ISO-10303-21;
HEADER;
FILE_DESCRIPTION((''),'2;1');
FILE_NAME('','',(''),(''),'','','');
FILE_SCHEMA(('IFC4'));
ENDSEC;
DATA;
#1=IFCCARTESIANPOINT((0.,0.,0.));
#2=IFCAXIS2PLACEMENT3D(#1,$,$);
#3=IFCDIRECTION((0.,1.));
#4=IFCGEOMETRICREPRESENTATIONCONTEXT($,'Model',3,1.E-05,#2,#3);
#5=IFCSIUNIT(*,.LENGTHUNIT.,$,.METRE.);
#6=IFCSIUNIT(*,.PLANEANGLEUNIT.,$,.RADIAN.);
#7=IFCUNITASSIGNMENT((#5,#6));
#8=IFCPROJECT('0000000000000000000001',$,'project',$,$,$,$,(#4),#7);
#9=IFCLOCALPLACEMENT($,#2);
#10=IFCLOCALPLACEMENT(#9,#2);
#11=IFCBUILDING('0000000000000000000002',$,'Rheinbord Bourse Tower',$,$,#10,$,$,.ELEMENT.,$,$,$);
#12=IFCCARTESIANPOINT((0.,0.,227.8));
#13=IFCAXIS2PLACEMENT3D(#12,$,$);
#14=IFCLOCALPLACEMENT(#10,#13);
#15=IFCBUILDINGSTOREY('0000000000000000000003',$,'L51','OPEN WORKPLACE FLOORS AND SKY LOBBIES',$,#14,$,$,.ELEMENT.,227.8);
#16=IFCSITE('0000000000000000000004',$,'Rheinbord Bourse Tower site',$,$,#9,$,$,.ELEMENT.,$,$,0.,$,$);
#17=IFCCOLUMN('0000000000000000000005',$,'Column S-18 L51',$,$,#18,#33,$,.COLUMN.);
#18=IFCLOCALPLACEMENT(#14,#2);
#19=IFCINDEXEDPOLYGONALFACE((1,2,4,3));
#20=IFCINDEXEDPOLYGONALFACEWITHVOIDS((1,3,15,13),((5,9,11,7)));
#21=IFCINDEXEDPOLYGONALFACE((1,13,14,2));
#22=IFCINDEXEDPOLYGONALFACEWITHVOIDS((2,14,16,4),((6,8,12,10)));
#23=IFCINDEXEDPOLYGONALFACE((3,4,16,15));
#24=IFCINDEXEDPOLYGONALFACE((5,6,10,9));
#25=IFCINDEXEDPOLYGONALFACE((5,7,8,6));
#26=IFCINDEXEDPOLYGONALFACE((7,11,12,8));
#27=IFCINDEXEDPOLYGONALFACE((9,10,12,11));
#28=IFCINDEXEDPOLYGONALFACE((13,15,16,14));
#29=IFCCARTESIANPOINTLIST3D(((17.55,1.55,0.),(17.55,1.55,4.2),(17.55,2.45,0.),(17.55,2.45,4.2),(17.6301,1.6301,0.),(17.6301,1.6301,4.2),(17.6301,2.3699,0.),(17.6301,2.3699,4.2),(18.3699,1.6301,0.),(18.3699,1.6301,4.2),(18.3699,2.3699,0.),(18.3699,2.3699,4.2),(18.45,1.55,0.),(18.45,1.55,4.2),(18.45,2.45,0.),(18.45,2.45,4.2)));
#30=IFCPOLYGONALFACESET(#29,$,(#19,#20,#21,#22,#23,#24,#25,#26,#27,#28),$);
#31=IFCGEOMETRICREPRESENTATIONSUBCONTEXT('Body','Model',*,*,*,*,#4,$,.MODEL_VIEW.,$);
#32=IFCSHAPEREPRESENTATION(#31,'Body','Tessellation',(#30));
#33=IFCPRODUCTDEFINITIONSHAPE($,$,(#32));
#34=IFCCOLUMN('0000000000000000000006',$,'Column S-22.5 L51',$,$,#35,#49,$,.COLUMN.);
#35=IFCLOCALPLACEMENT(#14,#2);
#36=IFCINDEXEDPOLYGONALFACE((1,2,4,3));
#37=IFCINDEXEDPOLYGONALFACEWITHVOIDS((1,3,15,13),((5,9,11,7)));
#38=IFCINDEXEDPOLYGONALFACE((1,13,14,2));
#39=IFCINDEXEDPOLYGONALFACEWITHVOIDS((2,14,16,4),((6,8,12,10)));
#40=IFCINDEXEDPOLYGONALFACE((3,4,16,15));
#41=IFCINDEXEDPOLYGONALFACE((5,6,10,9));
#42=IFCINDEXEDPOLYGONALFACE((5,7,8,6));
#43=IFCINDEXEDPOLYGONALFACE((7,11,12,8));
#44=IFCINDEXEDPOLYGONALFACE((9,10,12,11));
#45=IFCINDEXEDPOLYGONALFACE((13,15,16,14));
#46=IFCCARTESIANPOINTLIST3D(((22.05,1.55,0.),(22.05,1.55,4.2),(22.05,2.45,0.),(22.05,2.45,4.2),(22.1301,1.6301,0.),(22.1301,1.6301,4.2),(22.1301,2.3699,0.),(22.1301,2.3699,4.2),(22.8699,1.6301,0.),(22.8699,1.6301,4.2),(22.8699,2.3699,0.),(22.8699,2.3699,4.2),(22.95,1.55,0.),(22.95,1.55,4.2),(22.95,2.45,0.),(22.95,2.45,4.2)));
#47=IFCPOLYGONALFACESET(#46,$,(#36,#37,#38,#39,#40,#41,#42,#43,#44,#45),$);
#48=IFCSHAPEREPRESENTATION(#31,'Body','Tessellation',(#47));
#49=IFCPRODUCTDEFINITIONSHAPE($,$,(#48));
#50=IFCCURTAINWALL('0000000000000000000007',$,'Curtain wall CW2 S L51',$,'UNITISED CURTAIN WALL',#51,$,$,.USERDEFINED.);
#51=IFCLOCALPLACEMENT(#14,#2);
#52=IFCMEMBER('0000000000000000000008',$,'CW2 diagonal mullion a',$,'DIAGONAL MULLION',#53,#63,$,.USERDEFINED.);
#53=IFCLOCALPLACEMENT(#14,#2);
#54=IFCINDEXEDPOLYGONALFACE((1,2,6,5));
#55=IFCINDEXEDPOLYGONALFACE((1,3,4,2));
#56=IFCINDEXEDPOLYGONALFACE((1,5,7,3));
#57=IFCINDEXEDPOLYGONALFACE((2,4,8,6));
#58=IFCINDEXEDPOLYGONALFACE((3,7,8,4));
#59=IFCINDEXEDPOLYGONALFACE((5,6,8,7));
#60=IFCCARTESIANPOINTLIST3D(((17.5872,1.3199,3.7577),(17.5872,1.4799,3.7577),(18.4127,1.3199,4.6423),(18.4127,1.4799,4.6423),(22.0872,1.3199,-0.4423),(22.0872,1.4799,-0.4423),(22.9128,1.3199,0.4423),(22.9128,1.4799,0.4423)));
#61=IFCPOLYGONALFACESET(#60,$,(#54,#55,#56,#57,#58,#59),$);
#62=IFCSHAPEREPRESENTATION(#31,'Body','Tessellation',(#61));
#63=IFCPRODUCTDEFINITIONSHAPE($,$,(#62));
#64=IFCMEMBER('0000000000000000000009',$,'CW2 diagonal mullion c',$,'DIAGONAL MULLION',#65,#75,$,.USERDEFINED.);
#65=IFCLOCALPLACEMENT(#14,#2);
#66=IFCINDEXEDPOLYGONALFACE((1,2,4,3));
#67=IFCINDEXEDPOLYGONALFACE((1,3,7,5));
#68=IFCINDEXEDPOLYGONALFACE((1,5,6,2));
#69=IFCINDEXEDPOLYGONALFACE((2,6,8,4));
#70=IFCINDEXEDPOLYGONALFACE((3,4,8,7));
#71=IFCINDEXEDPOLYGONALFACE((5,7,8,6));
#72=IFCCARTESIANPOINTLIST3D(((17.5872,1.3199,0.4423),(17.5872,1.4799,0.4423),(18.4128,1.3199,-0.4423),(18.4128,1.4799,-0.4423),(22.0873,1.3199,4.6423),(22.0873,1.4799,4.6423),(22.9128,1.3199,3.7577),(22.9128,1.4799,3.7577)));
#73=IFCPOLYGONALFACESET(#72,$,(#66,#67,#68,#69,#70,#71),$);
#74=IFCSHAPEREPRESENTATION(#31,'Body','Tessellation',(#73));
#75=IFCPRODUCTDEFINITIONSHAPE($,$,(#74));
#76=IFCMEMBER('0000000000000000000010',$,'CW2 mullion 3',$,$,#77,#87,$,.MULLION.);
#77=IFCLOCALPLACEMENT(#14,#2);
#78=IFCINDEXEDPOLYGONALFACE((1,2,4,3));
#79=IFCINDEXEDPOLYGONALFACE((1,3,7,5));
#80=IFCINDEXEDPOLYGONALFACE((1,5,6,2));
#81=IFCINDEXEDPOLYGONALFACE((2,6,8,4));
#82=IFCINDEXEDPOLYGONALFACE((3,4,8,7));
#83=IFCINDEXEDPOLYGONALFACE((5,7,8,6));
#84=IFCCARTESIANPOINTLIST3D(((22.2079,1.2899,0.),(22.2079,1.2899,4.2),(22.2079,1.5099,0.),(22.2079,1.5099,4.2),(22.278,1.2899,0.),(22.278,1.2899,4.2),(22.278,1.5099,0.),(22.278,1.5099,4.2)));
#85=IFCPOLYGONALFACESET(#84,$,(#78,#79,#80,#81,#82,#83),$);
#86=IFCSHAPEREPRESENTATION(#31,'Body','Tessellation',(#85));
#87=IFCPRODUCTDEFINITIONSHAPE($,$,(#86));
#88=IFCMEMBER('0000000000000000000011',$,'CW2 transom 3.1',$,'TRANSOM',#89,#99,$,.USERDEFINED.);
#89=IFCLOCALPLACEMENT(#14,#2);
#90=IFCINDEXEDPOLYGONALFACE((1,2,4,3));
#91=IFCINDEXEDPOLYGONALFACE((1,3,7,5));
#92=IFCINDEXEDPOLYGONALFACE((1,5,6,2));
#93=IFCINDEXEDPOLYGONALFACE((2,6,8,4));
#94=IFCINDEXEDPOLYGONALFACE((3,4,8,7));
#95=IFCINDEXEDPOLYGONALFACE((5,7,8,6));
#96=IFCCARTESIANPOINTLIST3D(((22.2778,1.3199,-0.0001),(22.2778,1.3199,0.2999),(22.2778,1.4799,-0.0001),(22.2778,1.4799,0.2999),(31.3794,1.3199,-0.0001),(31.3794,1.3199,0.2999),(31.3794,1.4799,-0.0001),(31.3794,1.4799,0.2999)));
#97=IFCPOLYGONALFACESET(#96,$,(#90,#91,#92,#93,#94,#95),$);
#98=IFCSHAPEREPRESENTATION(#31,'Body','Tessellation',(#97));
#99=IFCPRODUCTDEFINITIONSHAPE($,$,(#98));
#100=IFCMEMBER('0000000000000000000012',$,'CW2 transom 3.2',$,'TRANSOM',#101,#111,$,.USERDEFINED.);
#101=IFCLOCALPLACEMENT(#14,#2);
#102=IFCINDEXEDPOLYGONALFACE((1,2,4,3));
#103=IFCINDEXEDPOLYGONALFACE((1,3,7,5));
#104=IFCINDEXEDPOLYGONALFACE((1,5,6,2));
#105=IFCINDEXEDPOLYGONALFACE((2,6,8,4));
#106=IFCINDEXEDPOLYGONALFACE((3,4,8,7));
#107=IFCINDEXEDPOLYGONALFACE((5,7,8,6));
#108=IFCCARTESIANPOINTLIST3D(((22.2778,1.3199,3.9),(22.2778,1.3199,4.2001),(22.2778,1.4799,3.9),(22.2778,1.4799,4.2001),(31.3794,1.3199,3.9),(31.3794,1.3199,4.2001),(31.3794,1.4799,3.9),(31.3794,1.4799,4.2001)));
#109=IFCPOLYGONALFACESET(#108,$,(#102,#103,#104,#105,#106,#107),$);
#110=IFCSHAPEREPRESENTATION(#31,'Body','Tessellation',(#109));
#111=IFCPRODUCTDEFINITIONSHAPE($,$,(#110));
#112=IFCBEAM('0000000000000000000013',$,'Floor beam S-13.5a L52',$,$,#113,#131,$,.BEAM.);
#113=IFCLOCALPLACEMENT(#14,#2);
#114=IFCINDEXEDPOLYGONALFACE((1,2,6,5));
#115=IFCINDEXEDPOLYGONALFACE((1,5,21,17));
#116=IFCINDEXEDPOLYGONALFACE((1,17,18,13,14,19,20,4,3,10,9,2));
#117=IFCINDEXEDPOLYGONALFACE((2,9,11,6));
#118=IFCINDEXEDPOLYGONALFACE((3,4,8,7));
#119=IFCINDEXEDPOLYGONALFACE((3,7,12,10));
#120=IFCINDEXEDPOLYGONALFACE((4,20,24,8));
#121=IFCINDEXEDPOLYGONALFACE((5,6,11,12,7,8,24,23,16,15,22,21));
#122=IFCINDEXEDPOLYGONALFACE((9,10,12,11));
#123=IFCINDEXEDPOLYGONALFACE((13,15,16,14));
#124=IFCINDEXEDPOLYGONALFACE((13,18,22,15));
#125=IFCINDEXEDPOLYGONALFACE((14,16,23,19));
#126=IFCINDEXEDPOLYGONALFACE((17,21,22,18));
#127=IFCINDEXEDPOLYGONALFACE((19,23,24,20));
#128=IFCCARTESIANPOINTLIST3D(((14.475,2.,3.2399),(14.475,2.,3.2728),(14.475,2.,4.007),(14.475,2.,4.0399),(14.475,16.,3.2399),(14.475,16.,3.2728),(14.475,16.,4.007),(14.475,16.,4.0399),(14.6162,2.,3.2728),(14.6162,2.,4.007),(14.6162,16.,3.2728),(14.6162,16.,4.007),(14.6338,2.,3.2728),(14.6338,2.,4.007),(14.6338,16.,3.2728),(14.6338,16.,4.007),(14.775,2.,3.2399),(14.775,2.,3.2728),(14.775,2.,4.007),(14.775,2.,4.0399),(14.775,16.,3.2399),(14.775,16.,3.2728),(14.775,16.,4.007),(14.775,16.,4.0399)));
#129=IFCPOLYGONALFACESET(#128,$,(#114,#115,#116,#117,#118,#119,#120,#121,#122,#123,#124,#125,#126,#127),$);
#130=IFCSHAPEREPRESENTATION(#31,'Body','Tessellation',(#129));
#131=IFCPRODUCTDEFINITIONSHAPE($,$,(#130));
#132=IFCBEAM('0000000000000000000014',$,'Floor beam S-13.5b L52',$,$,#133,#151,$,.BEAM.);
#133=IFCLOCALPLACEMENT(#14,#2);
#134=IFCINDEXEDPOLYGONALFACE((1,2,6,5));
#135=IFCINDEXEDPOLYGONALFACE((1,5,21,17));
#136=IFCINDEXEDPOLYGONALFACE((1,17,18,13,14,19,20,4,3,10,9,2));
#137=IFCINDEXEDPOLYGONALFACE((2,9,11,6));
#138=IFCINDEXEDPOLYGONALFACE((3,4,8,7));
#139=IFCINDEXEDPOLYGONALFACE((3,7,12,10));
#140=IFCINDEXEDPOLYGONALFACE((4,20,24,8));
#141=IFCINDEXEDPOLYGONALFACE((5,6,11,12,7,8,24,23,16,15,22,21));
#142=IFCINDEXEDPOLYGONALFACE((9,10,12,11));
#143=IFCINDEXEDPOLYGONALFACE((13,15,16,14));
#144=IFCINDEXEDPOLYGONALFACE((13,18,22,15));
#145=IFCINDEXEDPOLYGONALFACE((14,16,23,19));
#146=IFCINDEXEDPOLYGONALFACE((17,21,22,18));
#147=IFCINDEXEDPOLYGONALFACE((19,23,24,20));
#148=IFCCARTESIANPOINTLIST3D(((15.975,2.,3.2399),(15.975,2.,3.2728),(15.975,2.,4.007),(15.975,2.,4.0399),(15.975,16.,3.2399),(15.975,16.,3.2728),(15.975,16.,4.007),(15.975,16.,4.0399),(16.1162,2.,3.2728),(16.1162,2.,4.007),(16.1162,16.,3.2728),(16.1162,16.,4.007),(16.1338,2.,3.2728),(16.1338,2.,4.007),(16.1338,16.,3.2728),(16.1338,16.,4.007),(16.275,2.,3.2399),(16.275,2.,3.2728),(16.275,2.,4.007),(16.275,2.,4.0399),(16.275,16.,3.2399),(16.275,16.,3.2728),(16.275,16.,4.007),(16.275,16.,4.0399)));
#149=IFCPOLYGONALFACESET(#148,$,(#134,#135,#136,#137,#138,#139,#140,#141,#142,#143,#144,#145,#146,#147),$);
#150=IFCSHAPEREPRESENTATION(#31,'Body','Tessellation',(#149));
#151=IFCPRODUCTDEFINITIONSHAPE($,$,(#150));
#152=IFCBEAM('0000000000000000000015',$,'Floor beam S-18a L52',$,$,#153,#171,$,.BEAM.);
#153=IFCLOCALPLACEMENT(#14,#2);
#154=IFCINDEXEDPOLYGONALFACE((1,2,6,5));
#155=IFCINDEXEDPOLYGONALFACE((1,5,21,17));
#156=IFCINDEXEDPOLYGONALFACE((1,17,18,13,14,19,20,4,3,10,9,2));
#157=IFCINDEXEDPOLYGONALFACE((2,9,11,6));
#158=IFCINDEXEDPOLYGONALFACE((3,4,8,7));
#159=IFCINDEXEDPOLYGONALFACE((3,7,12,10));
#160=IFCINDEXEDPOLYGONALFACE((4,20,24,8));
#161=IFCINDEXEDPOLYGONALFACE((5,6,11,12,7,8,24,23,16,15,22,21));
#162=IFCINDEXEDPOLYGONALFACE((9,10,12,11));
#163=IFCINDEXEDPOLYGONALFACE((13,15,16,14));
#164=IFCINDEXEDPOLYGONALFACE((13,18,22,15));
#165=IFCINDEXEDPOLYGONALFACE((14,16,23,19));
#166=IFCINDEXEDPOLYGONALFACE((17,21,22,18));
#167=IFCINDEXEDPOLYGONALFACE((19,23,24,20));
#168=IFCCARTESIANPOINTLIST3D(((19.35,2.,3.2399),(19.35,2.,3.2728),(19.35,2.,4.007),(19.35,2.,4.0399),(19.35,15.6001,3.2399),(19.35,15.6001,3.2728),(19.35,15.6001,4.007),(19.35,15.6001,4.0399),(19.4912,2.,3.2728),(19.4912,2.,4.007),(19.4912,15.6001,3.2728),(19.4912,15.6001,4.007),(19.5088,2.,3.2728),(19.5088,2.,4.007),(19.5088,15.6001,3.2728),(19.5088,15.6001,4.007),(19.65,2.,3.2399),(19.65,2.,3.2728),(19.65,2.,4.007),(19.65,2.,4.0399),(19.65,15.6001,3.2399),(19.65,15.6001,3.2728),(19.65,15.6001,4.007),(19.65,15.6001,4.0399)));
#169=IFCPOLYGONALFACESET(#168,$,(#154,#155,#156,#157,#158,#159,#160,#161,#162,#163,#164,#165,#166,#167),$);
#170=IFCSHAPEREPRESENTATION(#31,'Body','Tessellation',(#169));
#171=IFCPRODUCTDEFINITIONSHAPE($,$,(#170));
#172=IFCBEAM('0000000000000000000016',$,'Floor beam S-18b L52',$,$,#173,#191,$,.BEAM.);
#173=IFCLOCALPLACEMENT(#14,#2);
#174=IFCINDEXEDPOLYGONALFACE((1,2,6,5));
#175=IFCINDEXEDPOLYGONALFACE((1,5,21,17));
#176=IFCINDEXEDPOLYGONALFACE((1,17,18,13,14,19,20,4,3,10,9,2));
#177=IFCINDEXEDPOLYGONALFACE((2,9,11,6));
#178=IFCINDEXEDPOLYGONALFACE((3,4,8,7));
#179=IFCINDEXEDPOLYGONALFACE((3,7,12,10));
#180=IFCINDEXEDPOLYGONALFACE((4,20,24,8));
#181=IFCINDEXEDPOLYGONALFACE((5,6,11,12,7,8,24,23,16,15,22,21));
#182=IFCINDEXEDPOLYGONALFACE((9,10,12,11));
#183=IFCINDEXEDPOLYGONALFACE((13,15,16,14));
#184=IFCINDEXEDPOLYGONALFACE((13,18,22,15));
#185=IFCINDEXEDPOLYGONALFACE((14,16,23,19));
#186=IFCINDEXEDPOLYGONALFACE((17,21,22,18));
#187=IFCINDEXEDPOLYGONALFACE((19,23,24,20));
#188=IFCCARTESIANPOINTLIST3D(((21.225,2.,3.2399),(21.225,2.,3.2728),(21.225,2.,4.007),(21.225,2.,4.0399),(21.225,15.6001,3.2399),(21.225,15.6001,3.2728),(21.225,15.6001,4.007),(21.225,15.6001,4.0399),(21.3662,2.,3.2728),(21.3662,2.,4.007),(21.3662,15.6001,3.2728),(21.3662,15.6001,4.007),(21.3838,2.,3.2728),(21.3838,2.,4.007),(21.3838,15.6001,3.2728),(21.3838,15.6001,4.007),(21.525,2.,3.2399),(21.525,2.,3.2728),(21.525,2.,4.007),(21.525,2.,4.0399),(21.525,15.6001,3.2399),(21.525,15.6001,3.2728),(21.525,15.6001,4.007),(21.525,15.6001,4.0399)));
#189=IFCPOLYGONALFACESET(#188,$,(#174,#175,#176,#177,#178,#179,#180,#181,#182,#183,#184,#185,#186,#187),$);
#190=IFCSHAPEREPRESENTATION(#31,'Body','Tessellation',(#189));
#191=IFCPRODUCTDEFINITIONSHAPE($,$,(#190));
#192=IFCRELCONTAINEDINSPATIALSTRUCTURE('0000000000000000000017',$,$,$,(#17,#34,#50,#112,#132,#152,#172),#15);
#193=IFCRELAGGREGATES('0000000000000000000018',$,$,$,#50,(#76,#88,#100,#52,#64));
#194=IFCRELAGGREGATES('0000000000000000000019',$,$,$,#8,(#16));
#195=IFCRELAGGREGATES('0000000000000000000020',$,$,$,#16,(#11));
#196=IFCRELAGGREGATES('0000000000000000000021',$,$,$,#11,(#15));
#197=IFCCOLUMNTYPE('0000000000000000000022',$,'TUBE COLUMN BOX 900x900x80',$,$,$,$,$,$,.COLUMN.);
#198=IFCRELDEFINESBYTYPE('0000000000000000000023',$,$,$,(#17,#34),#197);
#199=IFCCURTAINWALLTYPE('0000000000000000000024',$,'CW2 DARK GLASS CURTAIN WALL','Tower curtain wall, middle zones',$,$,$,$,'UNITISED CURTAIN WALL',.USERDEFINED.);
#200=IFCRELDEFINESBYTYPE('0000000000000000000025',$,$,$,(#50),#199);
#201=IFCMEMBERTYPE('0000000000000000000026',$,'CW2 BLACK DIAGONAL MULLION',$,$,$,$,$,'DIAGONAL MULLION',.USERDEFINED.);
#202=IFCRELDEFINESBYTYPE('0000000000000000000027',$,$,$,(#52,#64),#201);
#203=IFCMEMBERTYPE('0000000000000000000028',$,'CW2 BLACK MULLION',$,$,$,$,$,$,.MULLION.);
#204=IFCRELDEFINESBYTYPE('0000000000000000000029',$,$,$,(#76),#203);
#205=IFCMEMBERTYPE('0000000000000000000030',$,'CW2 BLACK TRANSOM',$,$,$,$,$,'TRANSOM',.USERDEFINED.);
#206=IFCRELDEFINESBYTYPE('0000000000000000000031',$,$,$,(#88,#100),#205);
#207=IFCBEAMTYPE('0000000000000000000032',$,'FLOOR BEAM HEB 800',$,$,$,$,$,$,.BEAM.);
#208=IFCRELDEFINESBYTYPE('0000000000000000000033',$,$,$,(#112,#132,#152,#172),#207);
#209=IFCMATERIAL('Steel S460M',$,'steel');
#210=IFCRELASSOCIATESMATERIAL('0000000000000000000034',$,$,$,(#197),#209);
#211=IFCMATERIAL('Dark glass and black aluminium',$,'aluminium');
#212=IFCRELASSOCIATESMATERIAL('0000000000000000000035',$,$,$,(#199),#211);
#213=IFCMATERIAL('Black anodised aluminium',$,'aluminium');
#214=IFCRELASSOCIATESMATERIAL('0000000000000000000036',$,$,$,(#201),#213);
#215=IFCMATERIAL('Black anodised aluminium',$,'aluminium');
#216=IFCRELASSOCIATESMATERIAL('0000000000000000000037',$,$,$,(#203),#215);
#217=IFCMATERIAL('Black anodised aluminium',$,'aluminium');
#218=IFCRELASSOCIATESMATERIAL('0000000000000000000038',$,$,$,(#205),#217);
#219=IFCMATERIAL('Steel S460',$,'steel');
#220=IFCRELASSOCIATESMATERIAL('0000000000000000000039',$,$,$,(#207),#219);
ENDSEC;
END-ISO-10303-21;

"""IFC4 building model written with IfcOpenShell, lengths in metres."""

from ifc_helpers import new_model, si_unit, direction, frame, origin, origin_2d, place, context, subcontext, project, spatial, rectangle, hollow_rectangle, i_section, extrude, material, material_profile, profile_set, type_object, element, aggregate, save


model = new_model("IFC4")

# Units and contexts
model_context = context("Model", 3, precision=1e-05, world=origin(), true_north=direction((0.0, 1.0)))
body_context = subcontext(model_context, "Body", "Model", "MODEL_VIEW")
ifc_project = project(units=[si_unit("LENGTHUNIT", "METRE"), si_unit("PLANEANGLEUNIT", "RADIAN")], contexts=[model_context])

# Site, building, storey
site_placement = place(None, origin())
site = spatial("IfcSite", under=ifc_project, at=site_placement, Name="Rheinbord Bourse Tower site", CompositionType="ELEMENT", RefElevation=0.0)
building_placement = place(site_placement, origin())
building = spatial("IfcBuilding", under=site, at=building_placement, Name="Rheinbord Bourse Tower", CompositionType="ELEMENT")
storey_placement = place(building_placement, frame((0.0, 0.0, 227.8)))
storey = spatial("IfcBuildingStorey", under=building, at=storey_placement, Name="L51", Description="OPEN WORKPLACE FLOORS AND SKY LOBBIES", CompositionType="ELEMENT", Elevation=227.8)

# Columns
ifc_material_1 = material(Name="Steel S460M", Category="steel")
ifc_material_profile_1 = material_profile(ifc_material_1, hollow_rectangle(XDim=0.8999, YDim=0.8999, WallThickness=0.0801, at=origin_2d()), Name="BOX 900x900x80")
ifc_profile_set_1 = profile_set([ifc_material_profile_1], Name="Steel S460M")
column_type = type_object("IfcColumnType", Name="TUBE COLUMN BOX 900x900x80", PredefinedType="COLUMN", material=ifc_profile_set_1)
for number, where, z_axis, x_axis, name in (
    (1, (18.0, 2.0, 0.0), (0.0, 0.0, 1.0), (0.0, 1.0, 0.0), "Column S-18 L51"),
    (2, (22.5, 2.0, 0.0), (0.0, 0.0, 1.0), (0.0, 1.0, 0.0), "Column S-22.5 L51"),
):
    element("IfcColumn", number, at=place(storey_placement, frame(where, z_axis=z_axis, x_axis=x_axis)), inside=storey, type_object=column_type, Name=name, PredefinedType="COLUMN", context=body_context, shape_type="SweptSolid", body=[
        extrude(hollow_rectangle(XDim=0.8999, YDim=0.8999, WallThickness=0.0801, at=origin_2d()), origin(), (0.0, 0.0, 1.0), 4.2),
    ])

# Curtain wall, members
ifc_material_2 = material(Name="Dark glass and black aluminium", Category="aluminium")
curtain_wall_type = type_object("IfcCurtainWallType", Name="CW2 DARK GLASS CURTAIN WALL", Description="Tower curtain wall, middle zones", ElementType="UNITISED CURTAIN WALL", PredefinedType="USERDEFINED", material=ifc_material_2)
curtain_wall_placement = place(storey_placement, origin())
curtain_wall = element("IfcCurtainWall", 3, at=curtain_wall_placement, inside=storey, type_object=curtain_wall_type, Name="Curtain wall CW2 S L51", ObjectType="UNITISED CURTAIN WALL", PredefinedType="USERDEFINED")
ifc_material_3 = material(Name="Black anodised aluminium", Category="aluminium")
ifc_material_profile_2 = material_profile(ifc_material_3, rectangle(XDim=0.1599, YDim=1.21, at=origin_2d()), Name="CW2 DIAGONAL MULLION 1210x160")
ifc_profile_set_2 = profile_set([ifc_material_profile_2], Name="Black anodised aluminium")
member_type_1 = type_object("IfcMemberType", Name="CW2 BLACK DIAGONAL MULLION", ElementType="DIAGONAL MULLION", PredefinedType="USERDEFINED", material=ifc_profile_set_2)
member_1_placement = place(storey_placement, frame((22.5, 1.3999, 0.0), z_axis=(-0.731059, 0.0, 0.682314), x_axis=(0.0, -1.0, 0.0)))
member_1 = element("IfcMember", 4, at=member_1_placement, type_object=member_type_1, Name="CW2 diagonal mullion a", ObjectType="DIAGONAL MULLION", PredefinedType="USERDEFINED", context=body_context, shape_type="SweptSolid", body=[
    extrude(rectangle(XDim=0.1599, YDim=1.21, at=origin_2d()), origin(), (0.0, 0.0, 1.0), 6.1555),
])
member_2_placement = place(storey_placement, frame((18.0, 1.3999, 0.0), z_axis=(0.731059, 0.0, 0.682314), x_axis=(0.0, 1.0, 0.0)))
member_2 = element("IfcMember", 5, at=member_2_placement, type_object=member_type_1, Name="CW2 diagonal mullion c", ObjectType="DIAGONAL MULLION", PredefinedType="USERDEFINED", context=body_context, shape_type="SweptSolid", body=[
    extrude(rectangle(XDim=0.1599, YDim=1.21, at=origin_2d()), origin(), (0.0, 0.0, 1.0), 6.1555),
])
ifc_material_4 = material(Name="Black anodised aluminium", Category="aluminium")
ifc_material_profile_3 = material_profile(ifc_material_4, rectangle(XDim=0.22, YDim=0.0701, at=origin_2d()), Name="CW2 MULLION 70x220")
ifc_profile_set_3 = profile_set([ifc_material_profile_3], Name="Black anodised aluminium")
member_type_2 = type_object("IfcMemberType", Name="CW2 BLACK MULLION", PredefinedType="MULLION", material=ifc_profile_set_3)
member_3_placement = place(storey_placement, frame((22.2429, 1.3999, 0.0), z_axis=(0.0, 0.0, 1.0), x_axis=(0.0, 1.0, 0.0)))
member_3 = element("IfcMember", 6, at=member_3_placement, type_object=member_type_2, Name="CW2 mullion 3", PredefinedType="MULLION", context=body_context, shape_type="SweptSolid", body=[
    extrude(rectangle(XDim=0.22, YDim=0.0701, at=origin_2d()), origin(), (0.0, 0.0, 1.0), 4.2),
])
ifc_material_5 = material(Name="Black anodised aluminium", Category="aluminium")
ifc_material_profile_4 = material_profile(ifc_material_5, rectangle(XDim=0.1599, YDim=0.3, at=origin_2d()), Name="CW2 TRANSOM 300x160")
ifc_profile_set_4 = profile_set([ifc_material_profile_4], Name="Black anodised aluminium")
member_type_3 = type_object("IfcMemberType", Name="CW2 BLACK TRANSOM", ElementType="TRANSOM", PredefinedType="USERDEFINED", material=ifc_profile_set_4)
member_4_placement = place(storey_placement, frame((22.2778, 1.3999, 0.1499), z_axis=(1.0, 0.0, 0.0), x_axis=(0.0, 1.0, 0.0)))
member_4 = element("IfcMember", 7, at=member_4_placement, type_object=member_type_3, Name="CW2 transom 3.1", ObjectType="TRANSOM", PredefinedType="USERDEFINED", context=body_context, shape_type="SweptSolid", body=[
    extrude(rectangle(XDim=0.1599, YDim=0.3, at=origin_2d()), origin(), (0.0, 0.0, 1.0), 9.1016),
])
member_5_placement = place(storey_placement, frame((22.2778, 1.3999, 4.05), z_axis=(1.0, 0.0, 0.0), x_axis=(0.0, 1.0, 0.0)))
member_5 = element("IfcMember", 8, at=member_5_placement, type_object=member_type_3, Name="CW2 transom 3.2", ObjectType="TRANSOM", PredefinedType="USERDEFINED", context=body_context, shape_type="SweptSolid", body=[
    extrude(rectangle(XDim=0.1599, YDim=0.3, at=origin_2d()), origin(), (0.0, 0.0, 1.0), 9.1016),
])

# Beams
ifc_material_6 = material(Name="Steel S460", Category="steel")
ifc_material_profile_5 = material_profile(ifc_material_6, i_section(OverallWidth=0.3, OverallDepth=0.8, WebThickness=0.0176, FlangeThickness=0.033, at=origin_2d()), Name="HEB 800")
ifc_profile_set_5 = profile_set([ifc_material_profile_5], Name="Steel S460")
beam_type_1 = type_object("IfcBeamType", Name="FLOOR BEAM HEB 800", PredefinedType="BEAM", material=ifc_profile_set_5)
for number, where, z_axis, x_axis, name in (
    (9, (14.625, 2.0, 3.6399), (0.0, 1.0, 0.0), (-1.0, 0.0, 0.0), "Floor beam S-13.5a L52"),
    (10, (16.125, 2.0, 3.6399), (0.0, 1.0, 0.0), (-1.0, 0.0, 0.0), "Floor beam S-13.5b L52"),
):
    element("IfcBeam", number, at=place(storey_placement, frame(where, z_axis=z_axis, x_axis=x_axis)), inside=storey, type_object=beam_type_1, Name=name, PredefinedType="BEAM", context=body_context, shape_type="SweptSolid", body=[
        extrude(i_section(OverallWidth=0.3, OverallDepth=0.8, WebThickness=0.0176, FlangeThickness=0.033, at=origin_2d()), origin(), (0.0, 0.0, 1.0), 14.0),
    ])
for number, where, z_axis, x_axis, name in (
    (11, (19.5, 2.0, 3.6399), (0.0, 1.0, 0.0), (-1.0, 0.0, 0.0), "Floor beam S-18a L52"),
    (12, (21.375, 2.0, 3.6399), (0.0, 1.0, 0.0), (-1.0, 0.0, 0.0), "Floor beam S-18b L52"),
):
    element("IfcBeam", number, at=place(storey_placement, frame(where, z_axis=z_axis, x_axis=x_axis)), inside=storey, type_object=beam_type_1, Name=name, PredefinedType="BEAM", context=body_context, shape_type="SweptSolid", body=[
        extrude(i_section(OverallWidth=0.3, OverallDepth=0.8, WebThickness=0.0176, FlangeThickness=0.033, at=origin_2d()), origin(), (0.0, 0.0, 1.0), 13.6001),
    ])

aggregate(curtain_wall, [member_3, member_4, member_5, member_1, member_2])

save(model, "model.ifc")
